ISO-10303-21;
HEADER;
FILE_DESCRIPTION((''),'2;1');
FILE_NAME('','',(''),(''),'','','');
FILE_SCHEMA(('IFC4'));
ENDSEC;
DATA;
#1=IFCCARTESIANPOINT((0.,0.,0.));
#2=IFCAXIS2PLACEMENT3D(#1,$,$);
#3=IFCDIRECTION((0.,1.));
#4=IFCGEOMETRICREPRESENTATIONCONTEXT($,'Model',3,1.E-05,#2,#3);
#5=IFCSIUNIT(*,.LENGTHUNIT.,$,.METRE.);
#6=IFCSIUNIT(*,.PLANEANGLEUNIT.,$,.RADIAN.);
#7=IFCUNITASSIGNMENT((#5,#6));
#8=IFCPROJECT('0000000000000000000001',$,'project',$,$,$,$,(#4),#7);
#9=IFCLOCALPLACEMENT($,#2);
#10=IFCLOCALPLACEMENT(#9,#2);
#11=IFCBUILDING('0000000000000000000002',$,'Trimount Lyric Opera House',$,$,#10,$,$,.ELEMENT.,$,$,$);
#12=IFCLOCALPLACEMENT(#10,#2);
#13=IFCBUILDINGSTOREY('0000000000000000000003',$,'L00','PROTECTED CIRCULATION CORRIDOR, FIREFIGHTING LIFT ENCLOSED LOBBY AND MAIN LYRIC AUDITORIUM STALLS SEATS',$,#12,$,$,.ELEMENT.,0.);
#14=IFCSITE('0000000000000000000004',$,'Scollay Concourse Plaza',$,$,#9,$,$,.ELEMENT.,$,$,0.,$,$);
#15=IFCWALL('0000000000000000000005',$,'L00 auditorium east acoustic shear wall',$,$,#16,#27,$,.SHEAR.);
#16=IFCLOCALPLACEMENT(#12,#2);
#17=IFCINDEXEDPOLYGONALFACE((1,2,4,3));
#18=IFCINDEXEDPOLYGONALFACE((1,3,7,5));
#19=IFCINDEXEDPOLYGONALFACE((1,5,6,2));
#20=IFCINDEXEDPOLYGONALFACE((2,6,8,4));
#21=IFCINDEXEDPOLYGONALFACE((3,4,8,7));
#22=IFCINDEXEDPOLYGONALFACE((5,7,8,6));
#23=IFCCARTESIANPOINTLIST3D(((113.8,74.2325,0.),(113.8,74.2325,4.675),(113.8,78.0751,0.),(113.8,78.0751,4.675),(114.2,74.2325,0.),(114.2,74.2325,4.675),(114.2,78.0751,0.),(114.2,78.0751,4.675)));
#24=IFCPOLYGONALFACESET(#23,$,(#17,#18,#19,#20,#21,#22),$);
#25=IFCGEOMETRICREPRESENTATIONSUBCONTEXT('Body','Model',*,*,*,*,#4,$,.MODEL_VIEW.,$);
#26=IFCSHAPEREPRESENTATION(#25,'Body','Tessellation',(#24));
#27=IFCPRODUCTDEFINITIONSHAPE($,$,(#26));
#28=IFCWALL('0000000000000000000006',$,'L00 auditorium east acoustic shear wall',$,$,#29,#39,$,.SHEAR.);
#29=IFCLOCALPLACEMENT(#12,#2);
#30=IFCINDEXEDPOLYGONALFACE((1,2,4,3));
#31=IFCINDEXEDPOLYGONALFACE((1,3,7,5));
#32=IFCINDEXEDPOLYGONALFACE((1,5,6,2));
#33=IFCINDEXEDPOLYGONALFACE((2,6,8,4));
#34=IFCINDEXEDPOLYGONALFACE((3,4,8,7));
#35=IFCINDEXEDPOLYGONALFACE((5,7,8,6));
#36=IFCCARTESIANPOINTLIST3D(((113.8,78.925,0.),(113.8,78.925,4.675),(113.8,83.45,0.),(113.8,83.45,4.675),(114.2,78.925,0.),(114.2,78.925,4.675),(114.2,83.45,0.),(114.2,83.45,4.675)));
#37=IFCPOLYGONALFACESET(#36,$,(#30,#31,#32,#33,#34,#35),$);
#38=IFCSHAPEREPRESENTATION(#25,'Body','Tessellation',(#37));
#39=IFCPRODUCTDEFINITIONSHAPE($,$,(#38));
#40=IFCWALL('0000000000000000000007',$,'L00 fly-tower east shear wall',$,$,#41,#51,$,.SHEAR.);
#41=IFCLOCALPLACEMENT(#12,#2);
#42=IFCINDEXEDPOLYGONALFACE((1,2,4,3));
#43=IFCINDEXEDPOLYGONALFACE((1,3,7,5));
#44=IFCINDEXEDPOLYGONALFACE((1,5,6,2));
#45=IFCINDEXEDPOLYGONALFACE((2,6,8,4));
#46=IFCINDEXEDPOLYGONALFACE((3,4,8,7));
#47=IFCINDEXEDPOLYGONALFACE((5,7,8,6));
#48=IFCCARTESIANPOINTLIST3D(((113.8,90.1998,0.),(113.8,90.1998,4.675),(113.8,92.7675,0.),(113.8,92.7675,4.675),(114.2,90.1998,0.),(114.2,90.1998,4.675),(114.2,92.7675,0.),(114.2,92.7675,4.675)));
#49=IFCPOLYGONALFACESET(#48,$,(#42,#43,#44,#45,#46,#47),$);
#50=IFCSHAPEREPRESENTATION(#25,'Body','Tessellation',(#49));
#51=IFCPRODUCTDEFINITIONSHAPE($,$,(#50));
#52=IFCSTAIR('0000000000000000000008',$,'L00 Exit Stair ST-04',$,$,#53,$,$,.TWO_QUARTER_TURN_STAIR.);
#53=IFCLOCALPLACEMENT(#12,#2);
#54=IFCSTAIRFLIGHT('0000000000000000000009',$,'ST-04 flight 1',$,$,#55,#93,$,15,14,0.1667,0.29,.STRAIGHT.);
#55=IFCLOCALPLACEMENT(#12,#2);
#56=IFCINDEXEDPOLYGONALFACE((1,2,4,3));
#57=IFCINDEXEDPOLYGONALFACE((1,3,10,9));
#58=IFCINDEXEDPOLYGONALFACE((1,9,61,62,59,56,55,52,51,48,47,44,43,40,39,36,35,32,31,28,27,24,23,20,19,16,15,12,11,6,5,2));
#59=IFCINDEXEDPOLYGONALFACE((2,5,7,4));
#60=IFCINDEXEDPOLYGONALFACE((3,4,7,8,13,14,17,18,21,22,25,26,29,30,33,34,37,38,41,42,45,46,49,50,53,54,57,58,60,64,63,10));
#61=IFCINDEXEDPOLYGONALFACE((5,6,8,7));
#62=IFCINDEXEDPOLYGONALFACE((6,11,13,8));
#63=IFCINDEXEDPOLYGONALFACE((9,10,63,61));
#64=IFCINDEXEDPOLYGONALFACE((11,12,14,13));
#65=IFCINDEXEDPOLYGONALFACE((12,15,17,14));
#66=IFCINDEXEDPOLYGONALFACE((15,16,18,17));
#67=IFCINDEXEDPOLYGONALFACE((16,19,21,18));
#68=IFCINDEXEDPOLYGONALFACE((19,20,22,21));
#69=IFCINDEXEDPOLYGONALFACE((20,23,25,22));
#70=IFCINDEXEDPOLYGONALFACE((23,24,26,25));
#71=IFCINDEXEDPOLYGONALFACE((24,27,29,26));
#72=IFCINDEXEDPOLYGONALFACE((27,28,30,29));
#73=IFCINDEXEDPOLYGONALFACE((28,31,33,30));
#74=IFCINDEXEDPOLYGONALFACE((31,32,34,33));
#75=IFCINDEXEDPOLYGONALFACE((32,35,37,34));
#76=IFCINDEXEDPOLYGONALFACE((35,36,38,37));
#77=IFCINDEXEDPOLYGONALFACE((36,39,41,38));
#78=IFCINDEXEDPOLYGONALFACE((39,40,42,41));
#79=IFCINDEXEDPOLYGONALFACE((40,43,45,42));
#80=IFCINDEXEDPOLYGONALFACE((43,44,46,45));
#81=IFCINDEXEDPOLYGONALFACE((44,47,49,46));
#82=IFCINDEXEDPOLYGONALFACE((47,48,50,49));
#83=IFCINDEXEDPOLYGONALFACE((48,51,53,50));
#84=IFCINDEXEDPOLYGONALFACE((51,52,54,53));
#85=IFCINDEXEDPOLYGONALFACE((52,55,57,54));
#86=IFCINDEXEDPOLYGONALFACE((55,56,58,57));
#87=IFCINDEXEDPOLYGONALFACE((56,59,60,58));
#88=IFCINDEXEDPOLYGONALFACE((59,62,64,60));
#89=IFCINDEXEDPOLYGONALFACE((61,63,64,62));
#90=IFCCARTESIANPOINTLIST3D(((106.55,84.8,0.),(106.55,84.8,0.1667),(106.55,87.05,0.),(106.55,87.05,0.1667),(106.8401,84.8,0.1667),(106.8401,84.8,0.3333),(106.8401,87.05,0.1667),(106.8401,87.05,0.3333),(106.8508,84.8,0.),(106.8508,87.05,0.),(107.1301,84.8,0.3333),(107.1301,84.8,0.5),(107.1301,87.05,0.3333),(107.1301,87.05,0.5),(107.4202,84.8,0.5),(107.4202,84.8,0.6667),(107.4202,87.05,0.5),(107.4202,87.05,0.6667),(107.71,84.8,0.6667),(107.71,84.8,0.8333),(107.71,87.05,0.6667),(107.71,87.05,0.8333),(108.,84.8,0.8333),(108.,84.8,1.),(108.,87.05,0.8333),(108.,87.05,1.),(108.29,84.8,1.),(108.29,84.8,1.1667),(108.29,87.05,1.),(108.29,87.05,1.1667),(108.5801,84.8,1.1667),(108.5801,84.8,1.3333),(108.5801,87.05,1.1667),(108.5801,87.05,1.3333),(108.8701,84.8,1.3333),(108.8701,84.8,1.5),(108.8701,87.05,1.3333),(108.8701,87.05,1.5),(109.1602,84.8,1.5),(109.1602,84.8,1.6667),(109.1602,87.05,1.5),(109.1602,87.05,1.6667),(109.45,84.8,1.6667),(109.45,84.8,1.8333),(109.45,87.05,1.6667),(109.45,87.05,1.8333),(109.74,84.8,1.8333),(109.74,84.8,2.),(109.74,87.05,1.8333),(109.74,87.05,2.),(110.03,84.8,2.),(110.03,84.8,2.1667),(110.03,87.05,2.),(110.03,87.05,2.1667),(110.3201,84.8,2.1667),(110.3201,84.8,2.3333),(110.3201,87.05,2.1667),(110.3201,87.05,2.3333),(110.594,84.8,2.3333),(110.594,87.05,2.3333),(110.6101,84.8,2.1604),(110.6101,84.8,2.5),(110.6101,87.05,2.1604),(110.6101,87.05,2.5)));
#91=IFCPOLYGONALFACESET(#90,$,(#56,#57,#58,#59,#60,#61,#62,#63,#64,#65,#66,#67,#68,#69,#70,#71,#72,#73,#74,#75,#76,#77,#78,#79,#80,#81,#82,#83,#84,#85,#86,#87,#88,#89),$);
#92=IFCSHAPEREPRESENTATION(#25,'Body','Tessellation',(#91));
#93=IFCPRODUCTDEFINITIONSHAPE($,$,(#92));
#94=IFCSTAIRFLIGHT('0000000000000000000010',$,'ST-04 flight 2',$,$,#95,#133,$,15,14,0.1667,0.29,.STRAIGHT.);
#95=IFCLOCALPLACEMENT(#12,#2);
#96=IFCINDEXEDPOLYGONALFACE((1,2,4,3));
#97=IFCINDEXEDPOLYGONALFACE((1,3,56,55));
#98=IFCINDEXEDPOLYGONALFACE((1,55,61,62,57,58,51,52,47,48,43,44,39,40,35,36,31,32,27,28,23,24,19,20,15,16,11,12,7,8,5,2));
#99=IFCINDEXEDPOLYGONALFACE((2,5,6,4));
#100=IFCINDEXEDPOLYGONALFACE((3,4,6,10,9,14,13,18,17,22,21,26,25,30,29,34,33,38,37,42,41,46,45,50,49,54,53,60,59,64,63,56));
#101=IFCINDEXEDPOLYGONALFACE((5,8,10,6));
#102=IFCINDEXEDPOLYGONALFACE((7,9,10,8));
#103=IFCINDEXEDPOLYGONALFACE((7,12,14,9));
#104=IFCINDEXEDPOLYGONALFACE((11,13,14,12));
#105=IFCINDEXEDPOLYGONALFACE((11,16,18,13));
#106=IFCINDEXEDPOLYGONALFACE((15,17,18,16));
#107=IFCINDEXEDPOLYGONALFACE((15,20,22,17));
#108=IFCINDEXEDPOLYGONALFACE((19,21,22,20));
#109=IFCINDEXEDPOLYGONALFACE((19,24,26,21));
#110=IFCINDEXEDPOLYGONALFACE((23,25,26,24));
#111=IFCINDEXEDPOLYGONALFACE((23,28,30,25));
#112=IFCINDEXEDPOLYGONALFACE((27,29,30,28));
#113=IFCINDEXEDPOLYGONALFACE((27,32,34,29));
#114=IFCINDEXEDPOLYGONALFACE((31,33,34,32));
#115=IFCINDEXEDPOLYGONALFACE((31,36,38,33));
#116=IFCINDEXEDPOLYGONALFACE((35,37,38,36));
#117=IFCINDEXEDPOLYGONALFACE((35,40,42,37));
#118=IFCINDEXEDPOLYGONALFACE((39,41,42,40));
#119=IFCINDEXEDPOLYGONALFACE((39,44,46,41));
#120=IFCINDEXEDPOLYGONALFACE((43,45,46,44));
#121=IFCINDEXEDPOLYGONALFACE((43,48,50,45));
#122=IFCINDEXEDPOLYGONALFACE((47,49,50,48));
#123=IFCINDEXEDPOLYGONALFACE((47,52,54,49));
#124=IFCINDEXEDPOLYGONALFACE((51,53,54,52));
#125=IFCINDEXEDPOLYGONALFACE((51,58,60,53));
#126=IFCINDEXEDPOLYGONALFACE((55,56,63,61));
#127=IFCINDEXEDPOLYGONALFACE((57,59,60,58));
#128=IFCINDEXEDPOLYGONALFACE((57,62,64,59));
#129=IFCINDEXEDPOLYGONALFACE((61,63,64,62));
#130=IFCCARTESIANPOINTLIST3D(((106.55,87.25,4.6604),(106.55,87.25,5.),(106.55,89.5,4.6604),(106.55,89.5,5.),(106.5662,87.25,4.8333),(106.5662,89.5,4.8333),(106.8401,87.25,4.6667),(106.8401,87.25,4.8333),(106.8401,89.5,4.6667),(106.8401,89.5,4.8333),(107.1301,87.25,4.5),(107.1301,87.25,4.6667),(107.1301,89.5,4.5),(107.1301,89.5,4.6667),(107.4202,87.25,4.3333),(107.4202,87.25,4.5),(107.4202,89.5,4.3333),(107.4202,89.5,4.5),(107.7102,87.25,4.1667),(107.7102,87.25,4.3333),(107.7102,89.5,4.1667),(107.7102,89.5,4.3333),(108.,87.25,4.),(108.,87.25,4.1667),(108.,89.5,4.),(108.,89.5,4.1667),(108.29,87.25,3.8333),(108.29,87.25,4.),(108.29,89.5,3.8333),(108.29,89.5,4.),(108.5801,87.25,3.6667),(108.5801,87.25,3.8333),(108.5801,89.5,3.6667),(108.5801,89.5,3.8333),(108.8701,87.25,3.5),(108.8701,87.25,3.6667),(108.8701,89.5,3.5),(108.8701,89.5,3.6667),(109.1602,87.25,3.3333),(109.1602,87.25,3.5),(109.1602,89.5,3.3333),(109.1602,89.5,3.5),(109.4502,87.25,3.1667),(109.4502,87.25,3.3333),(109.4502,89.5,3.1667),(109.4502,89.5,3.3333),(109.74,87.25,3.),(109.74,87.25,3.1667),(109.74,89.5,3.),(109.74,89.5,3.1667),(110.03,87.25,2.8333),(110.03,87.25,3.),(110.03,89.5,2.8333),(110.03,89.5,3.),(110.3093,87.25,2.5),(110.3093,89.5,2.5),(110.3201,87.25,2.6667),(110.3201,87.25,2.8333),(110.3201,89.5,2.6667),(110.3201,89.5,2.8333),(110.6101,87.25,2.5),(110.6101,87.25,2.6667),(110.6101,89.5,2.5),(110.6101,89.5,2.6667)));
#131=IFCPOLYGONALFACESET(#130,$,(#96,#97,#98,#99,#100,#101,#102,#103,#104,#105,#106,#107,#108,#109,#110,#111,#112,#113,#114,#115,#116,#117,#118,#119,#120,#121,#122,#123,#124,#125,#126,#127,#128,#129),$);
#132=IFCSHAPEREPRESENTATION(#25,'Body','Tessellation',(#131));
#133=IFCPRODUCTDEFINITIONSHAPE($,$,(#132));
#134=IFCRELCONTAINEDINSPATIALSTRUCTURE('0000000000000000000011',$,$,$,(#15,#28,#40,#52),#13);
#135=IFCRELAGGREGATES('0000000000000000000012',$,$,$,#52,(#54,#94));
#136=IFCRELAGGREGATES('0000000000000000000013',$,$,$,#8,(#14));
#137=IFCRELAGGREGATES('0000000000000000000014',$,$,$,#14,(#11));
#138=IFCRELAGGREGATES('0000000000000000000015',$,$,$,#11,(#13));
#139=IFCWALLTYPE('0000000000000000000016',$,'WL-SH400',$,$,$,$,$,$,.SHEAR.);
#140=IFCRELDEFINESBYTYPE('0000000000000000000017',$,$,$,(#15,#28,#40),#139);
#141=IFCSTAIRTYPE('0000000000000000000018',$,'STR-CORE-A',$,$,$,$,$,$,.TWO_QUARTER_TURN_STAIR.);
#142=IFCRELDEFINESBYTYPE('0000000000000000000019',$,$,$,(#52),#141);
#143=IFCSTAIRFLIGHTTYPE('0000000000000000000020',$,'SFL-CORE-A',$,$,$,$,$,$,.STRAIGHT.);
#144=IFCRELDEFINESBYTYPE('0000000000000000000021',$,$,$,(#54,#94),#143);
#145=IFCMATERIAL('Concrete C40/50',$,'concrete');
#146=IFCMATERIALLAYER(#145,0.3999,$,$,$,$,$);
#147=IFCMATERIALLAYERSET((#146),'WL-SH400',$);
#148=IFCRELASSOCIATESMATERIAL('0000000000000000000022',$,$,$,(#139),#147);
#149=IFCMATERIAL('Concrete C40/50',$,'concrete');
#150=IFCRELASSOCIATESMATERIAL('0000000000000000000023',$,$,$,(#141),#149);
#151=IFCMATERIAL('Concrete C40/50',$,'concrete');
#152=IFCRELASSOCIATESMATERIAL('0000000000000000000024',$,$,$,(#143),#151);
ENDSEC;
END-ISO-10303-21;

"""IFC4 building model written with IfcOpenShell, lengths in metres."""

from ifc_helpers import new_model, si_unit, direction, frame, frame_2d, origin, place, context, subcontext, project, spatial, polyline, rectangle, outline, extrude, material, layer, layer_set, type_object, element, aggregate, save


model = new_model("IFC4")

# Units and contexts
model_context = context("Model", 3, precision=1e-05, world=origin(), true_north=direction((0.0, 1.0)))
body_context = subcontext(model_context, "Body", "Model", "MODEL_VIEW")
ifc_project = project(units=[si_unit("LENGTHUNIT", "METRE"), si_unit("PLANEANGLEUNIT", "RADIAN")], contexts=[model_context])

# Site, building, storey
site_placement = place(None, origin())
site = spatial("IfcSite", under=ifc_project, at=site_placement, Name="Scollay Concourse Plaza", CompositionType="ELEMENT", RefElevation=0.0)
building_placement = place(site_placement, origin())
building = spatial("IfcBuilding", under=site, at=building_placement, Name="Trimount Lyric Opera House", CompositionType="ELEMENT")
storey_placement = place(building_placement, origin())
storey = spatial("IfcBuildingStorey", under=building, at=storey_placement, Name="L00", Description="PROTECTED CIRCULATION CORRIDOR, FIREFIGHTING LIFT ENCLOSED LOBBY AND MAIN LYRIC AUDITORIUM STALLS SEATS", CompositionType="ELEMENT", Elevation=0.0)

# Walls
ifc_material_1 = material(Name="Concrete C40/50", Category="concrete")
ifc_layer_1 = layer(ifc_material_1, 0.3999)
ifc_layer_set_1 = layer_set([ifc_layer_1], Name="WL-SH400")
wall_type_1 = type_object("IfcWallType", Name="WL-SH400", PredefinedType="SHEAR", material=ifc_layer_set_1)
wall_1_placement = place(storey_placement, frame((114.0, 74.2324, 0.0), z_axis=(0.0, 0.0, 1.0), x_axis=(0.0, 1.0, 0.0)))
element("IfcWall", 1, at=wall_1_placement, inside=storey, type_object=wall_type_1, Name="L00 auditorium east acoustic shear wall", PredefinedType="SHEAR", context=body_context, shape_type="SweptSolid", body=[
    extrude(rectangle(XDim=3.8425, YDim=0.3999, at=frame_2d((1.9214, 0.0))), origin(), (0.0, 0.0, 1.0), 4.675),
])
wall_2_placement = place(storey_placement, frame((114.0, 78.925, 0.0), z_axis=(0.0, 0.0, 1.0), x_axis=(0.0, 1.0, 0.0)))
element("IfcWall", 2, at=wall_2_placement, inside=storey, type_object=wall_type_1, Name="L00 auditorium east acoustic shear wall", PredefinedType="SHEAR", context=body_context, shape_type="SweptSolid", body=[
    extrude(rectangle(XDim=4.5249, YDim=0.3999, at=frame_2d((2.2625, 0.0))), origin(), (0.0, 0.0, 1.0), 4.675),
])
wall_3_placement = place(storey_placement, frame((114.0, 90.2, 0.0), z_axis=(0.0, 0.0, 1.0), x_axis=(0.0, 1.0, 0.0)))
element("IfcWall", 3, at=wall_3_placement, inside=storey, type_object=wall_type_1, Name="L00 fly-tower east shear wall", PredefinedType="SHEAR", context=body_context, shape_type="SweptSolid", body=[
    extrude(rectangle(XDim=2.5676, YDim=0.3999, at=frame_2d((1.2837, 0.0))), origin(), (0.0, 0.0, 1.0), 4.675),
])

# Stair, stair flights
ifc_material_2 = material(Name="Concrete C40/50", Category="concrete")
stair_type = type_object("IfcStairType", Name="STR-CORE-A", PredefinedType="TWO_QUARTER_TURN_STAIR", material=ifc_material_2)
stair_placement = place(storey_placement, origin())
stair = element("IfcStair", 4, at=stair_placement, inside=storey, type_object=stair_type, Name="L00 Exit Stair ST-04", PredefinedType="TWO_QUARTER_TURN_STAIR")
ifc_material_3 = material(Name="Concrete C40/50", Category="concrete")
stair_flight_type = type_object("IfcStairFlightType", Name="SFL-CORE-A", PredefinedType="STRAIGHT", material=ifc_material_3)
stair_flight_1_placement = place(storey_placement, frame((106.55, 85.925, 0.0), z_axis=(0.0, 0.0, 1.0), x_axis=(1.0, 0.0, 0.0)))
stair_flight_1 = element("IfcStairFlight", 5, at=stair_flight_1_placement, type_object=stair_flight_type, Name="ST-04 flight 1", NumberOfRisers=15, NumberOfTreads=14, PredefinedType="STRAIGHT", RiserHeight=0.1667, TreadLength=0.29, context=body_context, shape_type="SweptSolid", body=[
    extrude(outline(polyline([(0.0, 0.0), (0.0, 0.1667), (0.29, 0.1667), (0.29, 0.3333), (0.5801, 0.3333), (0.5801, 0.5), (0.8701, 0.5), (0.8701, 0.6667), (1.1599, 0.6667), (1.1599, 0.8333), (1.45, 0.8333), (1.45, 1.0), (1.74, 1.0), (1.74, 1.1667), (2.03, 1.1667), (2.03, 1.3333), (2.3201, 1.3333), (2.3201, 1.5), (2.6101, 1.5), (2.6101, 1.6667), (2.8999, 1.6667), (2.8999, 1.8333), (3.1899, 1.8333), (3.1899, 2.0), (3.48, 2.0), (3.48, 2.1667), (3.77, 2.1667), (3.77, 2.3333), (4.0439, 2.3333), (4.0601, 2.5), (4.0601, 2.1604), (0.3008, 0.0), (0.0, 0.0)])), frame((0.0, 1.125, 0.0), z_axis=(0.0, -1.0, 0.0), x_axis=(1.0, 0.0, 0.0)), (0.0, 0.0, 1.0), 2.25),
])
stair_flight_2_placement = place(storey_placement, frame((110.6101, 88.375, 2.5), z_axis=(0.0, 0.0, 1.0), x_axis=(-1.0, 0.0, 0.0)))
stair_flight_2 = element("IfcStairFlight", 6, at=stair_flight_2_placement, type_object=stair_flight_type, Name="ST-04 flight 2", NumberOfRisers=15, NumberOfTreads=14, PredefinedType="STRAIGHT", RiserHeight=0.1667, TreadLength=0.29, context=body_context, shape_type="SweptSolid", body=[
    extrude(outline(polyline([(0.0, 0.0), (0.0, 0.1667), (0.29, 0.1667), (0.29, 0.3333), (0.5801, 0.3333), (0.5801, 0.5), (0.8701, 0.5), (0.8701, 0.6667), (1.1599, 0.6667), (1.1599, 0.8333), (1.45, 0.8333), (1.45, 1.0), (1.74, 1.0), (1.74, 1.1667), (2.03, 1.1667), (2.03, 1.3333), (2.3201, 1.3333), (2.3201, 1.5), (2.6101, 1.5), (2.6101, 1.6667), (2.8999, 1.6667), (2.8999, 1.8333), (3.1899, 1.8333), (3.1899, 2.0), (3.48, 2.0), (3.48, 2.1667), (3.77, 2.1667), (3.77, 2.3333), (4.0439, 2.3333), (4.0601, 2.5), (4.0601, 2.1604), (0.3008, 0.0), (0.0, 0.0)])), frame((0.0, 1.125, 0.0), z_axis=(0.0, -1.0, 0.0), x_axis=(1.0, 0.0, 0.0)), (0.0, 0.0, 1.0), 2.25),
])
aggregate(stair, [stair_flight_1, stair_flight_2])

save(model, "model.ifc")
